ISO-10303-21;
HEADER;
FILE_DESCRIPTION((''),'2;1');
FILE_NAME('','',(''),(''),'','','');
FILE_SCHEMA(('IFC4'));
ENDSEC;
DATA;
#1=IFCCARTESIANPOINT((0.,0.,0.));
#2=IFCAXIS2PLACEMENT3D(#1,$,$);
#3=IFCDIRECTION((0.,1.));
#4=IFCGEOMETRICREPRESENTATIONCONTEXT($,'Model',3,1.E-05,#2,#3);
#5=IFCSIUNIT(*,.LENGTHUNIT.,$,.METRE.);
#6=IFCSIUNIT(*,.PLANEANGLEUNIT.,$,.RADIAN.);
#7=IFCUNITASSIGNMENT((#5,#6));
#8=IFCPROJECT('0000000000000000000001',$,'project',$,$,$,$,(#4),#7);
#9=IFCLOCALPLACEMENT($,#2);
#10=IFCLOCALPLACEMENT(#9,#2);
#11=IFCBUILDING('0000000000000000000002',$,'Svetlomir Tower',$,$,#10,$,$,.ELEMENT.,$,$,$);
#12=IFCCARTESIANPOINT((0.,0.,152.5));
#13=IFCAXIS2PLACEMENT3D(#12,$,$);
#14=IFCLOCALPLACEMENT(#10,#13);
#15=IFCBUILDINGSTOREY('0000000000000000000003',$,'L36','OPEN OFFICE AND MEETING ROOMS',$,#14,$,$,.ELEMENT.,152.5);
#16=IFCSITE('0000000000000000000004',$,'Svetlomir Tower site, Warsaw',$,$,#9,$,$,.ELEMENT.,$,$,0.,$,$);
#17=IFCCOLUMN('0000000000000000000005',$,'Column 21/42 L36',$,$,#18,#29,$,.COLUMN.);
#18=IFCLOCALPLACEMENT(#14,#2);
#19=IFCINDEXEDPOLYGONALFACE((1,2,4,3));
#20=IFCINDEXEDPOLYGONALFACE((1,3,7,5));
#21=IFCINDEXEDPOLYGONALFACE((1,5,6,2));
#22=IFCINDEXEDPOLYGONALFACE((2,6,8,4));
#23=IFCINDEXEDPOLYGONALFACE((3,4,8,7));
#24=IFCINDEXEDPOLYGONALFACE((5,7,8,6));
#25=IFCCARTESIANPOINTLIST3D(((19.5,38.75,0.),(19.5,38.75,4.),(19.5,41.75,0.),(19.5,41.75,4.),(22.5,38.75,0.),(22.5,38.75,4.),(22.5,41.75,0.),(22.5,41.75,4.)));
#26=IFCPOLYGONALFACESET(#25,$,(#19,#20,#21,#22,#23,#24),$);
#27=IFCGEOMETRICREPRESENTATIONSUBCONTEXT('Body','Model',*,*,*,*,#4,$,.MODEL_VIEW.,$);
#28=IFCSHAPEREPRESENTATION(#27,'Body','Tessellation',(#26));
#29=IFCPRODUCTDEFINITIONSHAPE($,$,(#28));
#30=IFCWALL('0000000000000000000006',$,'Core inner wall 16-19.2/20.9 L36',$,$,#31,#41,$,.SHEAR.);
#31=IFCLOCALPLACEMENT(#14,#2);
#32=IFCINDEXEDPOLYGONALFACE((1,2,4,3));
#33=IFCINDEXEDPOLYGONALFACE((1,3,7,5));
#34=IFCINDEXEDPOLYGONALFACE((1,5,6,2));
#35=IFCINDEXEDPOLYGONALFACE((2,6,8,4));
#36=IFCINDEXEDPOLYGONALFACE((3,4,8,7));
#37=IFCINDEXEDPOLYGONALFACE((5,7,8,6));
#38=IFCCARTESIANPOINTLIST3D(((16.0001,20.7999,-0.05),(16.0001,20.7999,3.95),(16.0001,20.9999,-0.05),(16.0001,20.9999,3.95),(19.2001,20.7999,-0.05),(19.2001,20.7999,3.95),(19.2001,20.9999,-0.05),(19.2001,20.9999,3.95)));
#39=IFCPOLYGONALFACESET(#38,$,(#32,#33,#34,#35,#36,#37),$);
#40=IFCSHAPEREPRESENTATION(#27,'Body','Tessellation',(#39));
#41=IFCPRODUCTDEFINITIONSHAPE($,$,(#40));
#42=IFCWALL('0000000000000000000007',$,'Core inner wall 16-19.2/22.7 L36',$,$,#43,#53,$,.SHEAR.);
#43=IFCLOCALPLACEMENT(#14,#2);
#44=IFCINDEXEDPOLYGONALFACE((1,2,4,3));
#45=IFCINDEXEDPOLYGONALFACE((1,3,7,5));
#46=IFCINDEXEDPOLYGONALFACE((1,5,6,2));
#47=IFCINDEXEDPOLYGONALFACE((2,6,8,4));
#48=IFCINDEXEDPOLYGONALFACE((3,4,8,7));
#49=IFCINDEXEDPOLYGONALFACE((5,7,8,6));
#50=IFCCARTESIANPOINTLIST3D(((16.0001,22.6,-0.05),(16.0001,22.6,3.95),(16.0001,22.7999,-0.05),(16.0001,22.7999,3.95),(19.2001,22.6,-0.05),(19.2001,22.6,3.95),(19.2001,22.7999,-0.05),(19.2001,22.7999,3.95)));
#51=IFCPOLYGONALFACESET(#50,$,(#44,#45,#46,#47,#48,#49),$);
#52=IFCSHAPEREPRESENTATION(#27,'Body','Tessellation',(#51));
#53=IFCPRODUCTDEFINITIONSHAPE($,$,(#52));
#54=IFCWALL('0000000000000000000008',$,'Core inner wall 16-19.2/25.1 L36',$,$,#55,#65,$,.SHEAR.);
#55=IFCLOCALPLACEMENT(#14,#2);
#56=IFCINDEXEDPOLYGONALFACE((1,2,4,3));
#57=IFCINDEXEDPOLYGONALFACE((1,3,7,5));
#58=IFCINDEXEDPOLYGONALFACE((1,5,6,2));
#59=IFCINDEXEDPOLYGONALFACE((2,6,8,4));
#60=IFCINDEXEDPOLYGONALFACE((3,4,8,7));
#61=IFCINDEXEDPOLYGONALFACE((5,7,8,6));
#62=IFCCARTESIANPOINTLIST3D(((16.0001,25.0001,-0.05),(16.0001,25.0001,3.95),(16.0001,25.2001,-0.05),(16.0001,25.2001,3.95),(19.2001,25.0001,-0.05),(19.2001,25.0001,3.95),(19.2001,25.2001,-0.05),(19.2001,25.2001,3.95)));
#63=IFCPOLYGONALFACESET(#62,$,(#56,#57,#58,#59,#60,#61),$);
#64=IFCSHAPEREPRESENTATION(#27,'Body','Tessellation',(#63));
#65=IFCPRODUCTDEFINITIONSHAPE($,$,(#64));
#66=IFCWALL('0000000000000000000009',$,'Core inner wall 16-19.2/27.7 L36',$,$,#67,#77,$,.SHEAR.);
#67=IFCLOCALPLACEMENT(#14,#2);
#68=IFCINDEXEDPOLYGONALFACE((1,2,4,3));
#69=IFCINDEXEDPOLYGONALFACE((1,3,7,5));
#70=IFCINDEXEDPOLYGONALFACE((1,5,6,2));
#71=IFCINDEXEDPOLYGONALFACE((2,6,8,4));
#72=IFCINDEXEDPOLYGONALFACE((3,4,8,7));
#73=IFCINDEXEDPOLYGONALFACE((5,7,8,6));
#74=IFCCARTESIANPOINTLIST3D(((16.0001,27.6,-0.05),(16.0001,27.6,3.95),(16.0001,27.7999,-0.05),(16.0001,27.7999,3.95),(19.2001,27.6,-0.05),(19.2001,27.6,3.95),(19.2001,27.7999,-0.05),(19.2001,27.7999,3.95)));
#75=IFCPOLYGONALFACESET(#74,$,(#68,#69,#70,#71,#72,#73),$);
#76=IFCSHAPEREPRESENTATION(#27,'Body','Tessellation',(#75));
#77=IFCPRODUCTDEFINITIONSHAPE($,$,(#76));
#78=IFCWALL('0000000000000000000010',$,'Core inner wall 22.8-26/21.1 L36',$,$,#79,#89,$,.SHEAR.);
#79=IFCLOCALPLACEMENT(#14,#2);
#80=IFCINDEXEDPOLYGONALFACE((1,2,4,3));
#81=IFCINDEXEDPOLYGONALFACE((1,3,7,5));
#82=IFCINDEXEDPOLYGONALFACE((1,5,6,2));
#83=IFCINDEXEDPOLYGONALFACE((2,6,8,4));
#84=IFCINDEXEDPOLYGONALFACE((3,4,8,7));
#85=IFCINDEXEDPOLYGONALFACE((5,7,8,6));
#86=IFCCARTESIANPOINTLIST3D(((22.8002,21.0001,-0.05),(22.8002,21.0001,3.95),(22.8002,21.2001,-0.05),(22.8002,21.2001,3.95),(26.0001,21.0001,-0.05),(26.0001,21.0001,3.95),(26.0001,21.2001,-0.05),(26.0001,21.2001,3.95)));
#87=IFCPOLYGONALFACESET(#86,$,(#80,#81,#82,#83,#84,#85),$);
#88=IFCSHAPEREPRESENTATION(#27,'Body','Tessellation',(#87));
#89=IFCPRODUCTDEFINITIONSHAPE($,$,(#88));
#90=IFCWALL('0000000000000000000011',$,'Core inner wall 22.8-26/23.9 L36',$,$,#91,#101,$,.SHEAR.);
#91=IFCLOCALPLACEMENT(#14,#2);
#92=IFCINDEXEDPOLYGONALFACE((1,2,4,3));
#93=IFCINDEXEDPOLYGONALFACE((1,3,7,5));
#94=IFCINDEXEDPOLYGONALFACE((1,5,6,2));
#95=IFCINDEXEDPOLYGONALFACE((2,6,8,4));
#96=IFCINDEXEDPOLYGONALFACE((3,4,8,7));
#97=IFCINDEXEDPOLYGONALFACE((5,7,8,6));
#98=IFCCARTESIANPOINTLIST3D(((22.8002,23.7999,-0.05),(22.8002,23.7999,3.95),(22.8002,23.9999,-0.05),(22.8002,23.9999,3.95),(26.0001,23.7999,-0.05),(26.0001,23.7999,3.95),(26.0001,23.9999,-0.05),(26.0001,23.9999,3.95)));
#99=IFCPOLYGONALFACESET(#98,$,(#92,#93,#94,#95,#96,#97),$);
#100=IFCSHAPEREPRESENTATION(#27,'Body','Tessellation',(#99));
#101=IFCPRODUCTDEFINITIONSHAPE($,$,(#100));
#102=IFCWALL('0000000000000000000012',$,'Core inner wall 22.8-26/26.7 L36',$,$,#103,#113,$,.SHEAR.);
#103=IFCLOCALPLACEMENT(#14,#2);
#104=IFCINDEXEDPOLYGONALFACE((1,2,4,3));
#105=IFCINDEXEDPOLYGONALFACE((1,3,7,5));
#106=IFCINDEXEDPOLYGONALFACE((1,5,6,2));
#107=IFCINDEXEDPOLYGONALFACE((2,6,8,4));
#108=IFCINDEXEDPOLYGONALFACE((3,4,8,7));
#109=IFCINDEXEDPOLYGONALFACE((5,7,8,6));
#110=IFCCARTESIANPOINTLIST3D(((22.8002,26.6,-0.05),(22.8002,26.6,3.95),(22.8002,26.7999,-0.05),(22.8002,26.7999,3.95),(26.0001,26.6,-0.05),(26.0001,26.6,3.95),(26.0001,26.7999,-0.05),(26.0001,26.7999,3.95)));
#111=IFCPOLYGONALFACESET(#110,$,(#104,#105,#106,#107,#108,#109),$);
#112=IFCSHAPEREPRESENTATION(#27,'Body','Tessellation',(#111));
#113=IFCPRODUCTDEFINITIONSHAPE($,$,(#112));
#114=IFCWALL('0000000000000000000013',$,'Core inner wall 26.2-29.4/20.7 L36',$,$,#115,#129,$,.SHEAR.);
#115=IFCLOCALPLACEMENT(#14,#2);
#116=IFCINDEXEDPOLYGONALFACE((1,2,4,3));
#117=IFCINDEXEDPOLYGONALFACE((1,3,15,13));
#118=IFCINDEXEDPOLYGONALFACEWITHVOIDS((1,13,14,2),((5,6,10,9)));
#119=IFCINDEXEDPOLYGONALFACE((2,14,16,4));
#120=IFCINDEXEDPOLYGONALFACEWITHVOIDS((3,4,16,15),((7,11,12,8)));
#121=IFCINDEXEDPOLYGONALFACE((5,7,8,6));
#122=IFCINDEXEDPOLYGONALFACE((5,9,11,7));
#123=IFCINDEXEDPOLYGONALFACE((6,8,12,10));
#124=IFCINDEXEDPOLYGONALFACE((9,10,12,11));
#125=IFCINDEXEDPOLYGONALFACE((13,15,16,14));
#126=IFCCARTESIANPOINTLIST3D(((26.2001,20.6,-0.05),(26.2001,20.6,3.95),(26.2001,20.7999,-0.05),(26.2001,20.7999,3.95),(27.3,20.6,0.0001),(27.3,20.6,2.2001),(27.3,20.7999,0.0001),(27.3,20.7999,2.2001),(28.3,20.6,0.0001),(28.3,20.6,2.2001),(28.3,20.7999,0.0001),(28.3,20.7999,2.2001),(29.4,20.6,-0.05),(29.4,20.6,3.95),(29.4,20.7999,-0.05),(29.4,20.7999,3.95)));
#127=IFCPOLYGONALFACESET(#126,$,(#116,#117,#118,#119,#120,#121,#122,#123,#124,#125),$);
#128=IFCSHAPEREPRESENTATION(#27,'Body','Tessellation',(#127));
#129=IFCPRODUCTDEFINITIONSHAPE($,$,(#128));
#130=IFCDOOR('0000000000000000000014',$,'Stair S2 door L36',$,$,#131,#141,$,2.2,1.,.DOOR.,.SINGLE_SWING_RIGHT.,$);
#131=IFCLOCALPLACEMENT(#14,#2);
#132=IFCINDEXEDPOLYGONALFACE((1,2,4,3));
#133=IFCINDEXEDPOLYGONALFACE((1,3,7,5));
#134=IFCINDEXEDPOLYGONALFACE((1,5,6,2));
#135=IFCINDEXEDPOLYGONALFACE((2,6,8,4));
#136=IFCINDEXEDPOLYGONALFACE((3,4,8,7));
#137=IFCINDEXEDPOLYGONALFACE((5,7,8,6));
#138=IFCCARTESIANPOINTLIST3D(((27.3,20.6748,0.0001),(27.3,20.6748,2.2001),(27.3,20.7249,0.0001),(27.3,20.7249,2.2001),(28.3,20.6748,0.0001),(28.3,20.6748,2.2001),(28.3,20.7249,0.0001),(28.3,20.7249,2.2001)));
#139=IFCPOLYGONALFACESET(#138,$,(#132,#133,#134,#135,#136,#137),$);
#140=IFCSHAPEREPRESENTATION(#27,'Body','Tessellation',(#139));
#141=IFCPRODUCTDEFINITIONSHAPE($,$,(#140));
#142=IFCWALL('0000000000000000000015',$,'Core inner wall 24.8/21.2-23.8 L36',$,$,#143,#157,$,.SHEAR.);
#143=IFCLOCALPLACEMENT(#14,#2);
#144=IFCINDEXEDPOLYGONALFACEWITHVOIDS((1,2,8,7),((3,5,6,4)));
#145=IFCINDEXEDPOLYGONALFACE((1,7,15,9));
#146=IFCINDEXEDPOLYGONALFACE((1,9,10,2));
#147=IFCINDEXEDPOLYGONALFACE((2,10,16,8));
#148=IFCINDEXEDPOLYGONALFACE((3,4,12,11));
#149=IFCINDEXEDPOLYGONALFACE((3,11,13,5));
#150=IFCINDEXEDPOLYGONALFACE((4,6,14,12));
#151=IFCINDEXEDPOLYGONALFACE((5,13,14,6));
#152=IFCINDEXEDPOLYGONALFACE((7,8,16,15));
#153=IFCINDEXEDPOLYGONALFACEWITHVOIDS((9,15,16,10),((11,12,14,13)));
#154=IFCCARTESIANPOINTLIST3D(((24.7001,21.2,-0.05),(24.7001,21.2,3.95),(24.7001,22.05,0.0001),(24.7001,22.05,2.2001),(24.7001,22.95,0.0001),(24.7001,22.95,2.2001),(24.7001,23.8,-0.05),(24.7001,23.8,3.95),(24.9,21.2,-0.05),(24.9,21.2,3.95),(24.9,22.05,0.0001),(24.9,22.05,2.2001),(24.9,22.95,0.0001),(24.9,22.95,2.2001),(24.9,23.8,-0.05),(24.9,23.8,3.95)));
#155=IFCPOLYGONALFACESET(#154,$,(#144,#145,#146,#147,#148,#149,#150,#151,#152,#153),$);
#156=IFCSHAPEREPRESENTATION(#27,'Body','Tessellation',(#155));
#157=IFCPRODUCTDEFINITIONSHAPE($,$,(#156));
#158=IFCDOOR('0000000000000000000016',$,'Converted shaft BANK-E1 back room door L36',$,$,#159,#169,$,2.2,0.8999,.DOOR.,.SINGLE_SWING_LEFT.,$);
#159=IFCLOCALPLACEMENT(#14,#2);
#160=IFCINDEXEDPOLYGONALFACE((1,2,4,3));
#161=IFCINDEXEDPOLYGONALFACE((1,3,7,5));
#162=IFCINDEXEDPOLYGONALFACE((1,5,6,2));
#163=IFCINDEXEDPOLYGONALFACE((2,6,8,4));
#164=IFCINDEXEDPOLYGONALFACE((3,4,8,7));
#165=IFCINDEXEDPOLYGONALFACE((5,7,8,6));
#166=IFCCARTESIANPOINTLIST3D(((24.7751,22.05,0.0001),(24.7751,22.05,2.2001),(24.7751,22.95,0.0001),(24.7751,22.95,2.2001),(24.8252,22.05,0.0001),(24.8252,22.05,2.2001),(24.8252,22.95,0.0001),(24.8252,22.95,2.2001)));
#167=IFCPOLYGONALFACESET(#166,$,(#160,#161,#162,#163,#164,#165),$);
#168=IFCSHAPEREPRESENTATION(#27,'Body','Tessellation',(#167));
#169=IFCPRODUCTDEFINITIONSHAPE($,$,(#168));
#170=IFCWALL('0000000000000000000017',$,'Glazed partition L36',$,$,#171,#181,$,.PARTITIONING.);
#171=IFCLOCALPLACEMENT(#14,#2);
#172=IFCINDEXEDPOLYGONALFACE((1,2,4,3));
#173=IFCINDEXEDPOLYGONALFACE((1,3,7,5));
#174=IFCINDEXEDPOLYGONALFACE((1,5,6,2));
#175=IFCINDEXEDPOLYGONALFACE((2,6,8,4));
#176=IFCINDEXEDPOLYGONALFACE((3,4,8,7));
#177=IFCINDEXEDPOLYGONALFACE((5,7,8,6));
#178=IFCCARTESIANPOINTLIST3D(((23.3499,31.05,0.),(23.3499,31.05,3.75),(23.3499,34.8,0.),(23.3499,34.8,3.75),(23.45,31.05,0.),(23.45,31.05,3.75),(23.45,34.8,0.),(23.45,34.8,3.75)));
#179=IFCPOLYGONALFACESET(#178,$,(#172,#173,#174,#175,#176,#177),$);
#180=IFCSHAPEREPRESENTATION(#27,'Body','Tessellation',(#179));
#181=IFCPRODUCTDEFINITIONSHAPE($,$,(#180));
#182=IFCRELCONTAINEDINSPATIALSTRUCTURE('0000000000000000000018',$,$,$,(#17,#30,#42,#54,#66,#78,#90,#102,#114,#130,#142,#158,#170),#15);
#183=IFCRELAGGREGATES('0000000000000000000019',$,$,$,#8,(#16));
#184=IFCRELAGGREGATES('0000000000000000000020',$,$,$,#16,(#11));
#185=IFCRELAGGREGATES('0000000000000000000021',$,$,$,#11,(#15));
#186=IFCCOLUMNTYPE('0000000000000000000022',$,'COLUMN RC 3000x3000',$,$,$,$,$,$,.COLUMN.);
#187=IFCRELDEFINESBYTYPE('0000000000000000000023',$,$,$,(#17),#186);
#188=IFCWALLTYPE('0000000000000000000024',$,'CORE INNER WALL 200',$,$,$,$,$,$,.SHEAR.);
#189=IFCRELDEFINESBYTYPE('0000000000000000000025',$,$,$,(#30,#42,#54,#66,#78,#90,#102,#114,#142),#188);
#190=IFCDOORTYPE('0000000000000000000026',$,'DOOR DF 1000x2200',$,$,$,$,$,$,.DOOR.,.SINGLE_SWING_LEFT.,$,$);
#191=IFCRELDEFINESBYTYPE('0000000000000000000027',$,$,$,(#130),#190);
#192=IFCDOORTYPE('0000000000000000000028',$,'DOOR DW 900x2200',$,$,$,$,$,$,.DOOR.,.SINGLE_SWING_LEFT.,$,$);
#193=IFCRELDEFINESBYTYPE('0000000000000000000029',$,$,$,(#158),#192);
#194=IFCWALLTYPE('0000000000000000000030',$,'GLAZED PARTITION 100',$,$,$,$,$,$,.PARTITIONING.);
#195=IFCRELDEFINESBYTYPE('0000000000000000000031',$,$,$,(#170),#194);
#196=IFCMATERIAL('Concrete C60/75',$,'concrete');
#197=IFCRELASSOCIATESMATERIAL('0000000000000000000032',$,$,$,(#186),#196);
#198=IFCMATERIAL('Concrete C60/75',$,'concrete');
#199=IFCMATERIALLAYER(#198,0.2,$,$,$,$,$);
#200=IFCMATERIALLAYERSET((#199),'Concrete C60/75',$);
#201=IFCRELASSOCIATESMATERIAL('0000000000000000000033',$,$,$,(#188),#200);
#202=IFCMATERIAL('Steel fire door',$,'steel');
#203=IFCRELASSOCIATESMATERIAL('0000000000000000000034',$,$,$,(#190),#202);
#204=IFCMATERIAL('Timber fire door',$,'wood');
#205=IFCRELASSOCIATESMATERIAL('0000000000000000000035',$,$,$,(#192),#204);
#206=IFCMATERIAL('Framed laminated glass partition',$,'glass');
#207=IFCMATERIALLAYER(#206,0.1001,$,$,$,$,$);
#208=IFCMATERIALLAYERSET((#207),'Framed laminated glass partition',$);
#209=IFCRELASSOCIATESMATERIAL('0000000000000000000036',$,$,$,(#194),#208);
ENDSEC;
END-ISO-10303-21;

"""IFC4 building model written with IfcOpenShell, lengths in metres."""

from ifc_helpers import new_model, si_unit, direction, frame, frame_2d, origin, origin_2d, place, context, subcontext, project, spatial, rectangle, extrude, material, layer, layer_set, material_profile, profile_set, type_object, element, fill, save


model = new_model("IFC4")

# Units and contexts
model_context = context("Model", 3, precision=1e-05, world=origin(), true_north=direction((0.0, 1.0)))
body_context = subcontext(model_context, "Body", "Model", "MODEL_VIEW")
ifc_project = project(units=[si_unit("LENGTHUNIT", "METRE"), si_unit("PLANEANGLEUNIT", "RADIAN")], contexts=[model_context])

# Site, building, storey
site_placement = place(None, origin())
site = spatial("IfcSite", under=ifc_project, at=site_placement, Name="Svetlomir Tower site, Warsaw", CompositionType="ELEMENT", RefElevation=0.0)
building_placement = place(site_placement, origin())
building = spatial("IfcBuilding", under=site, at=building_placement, Name="Svetlomir Tower", CompositionType="ELEMENT")
storey_placement = place(building_placement, frame((0.0, 0.0, 152.5)))
storey = spatial("IfcBuildingStorey", under=building, at=storey_placement, Name="L36", Description="OPEN OFFICE AND MEETING ROOMS", CompositionType="ELEMENT", Elevation=152.5)

# Column
ifc_material_1 = material(Name="Concrete C60/75", Category="concrete")
ifc_material_profile = material_profile(ifc_material_1, rectangle(XDim=3.0, YDim=3.0, at=origin_2d()), Name="RC 3000x3000")
ifc_profile_set = profile_set([ifc_material_profile], Name="Concrete C60/75")
column_type = type_object("IfcColumnType", Name="COLUMN RC 3000x3000", PredefinedType="COLUMN", material=ifc_profile_set)
column_placement = place(storey_placement, frame((21.0, 40.25, 0.0), z_axis=(0.0, 0.0, 1.0), x_axis=(1.0, 0.0, 0.0)))
element("IfcColumn", 1, at=column_placement, inside=storey, type_object=column_type, Name="Column 21/42 L36", PredefinedType="COLUMN", context=body_context, shape_type="SweptSolid", body=[
    extrude(rectangle(XDim=3.0, YDim=3.0, at=origin_2d()), origin(), (0.0, 0.0, 1.0), 4.0),
])

# Walls
ifc_material_2 = material(Name="Concrete C60/75", Category="concrete")
ifc_layer_1 = layer(ifc_material_2, 0.2)
ifc_layer_set_1 = layer_set([ifc_layer_1], Name="Concrete C60/75")
wall_type_1 = type_object("IfcWallType", Name="CORE INNER WALL 200", PredefinedType="SHEAR", material=ifc_layer_set_1)
for number, where, z_axis, x_axis, name in (
    (2, (16.0, 20.8999, -0.05), (0.0, 0.0, 1.0), (1.0, 0.0, 0.0), "Core inner wall 16-19.2/20.9 L36"),
    (3, (16.0, 22.7, -0.05), (0.0, 0.0, 1.0), (1.0, 0.0, 0.0), "Core inner wall 16-19.2/22.7 L36"),
    (4, (16.0, 25.1001, -0.05), (0.0, 0.0, 1.0), (1.0, 0.0, 0.0), "Core inner wall 16-19.2/25.1 L36"),
    (5, (16.0, 27.7, -0.05), (0.0, 0.0, 1.0), (1.0, 0.0, 0.0), "Core inner wall 16-19.2/27.7 L36"),
    (6, (22.8, 21.1001, -0.05), (0.0, 0.0, 1.0), (1.0, 0.0, 0.0), "Core inner wall 22.8-26/21.1 L36"),
    (7, (22.8, 23.8999, -0.05), (0.0, 0.0, 1.0), (1.0, 0.0, 0.0), "Core inner wall 22.8-26/23.9 L36"),
    (8, (22.8, 26.7, -0.05), (0.0, 0.0, 1.0), (1.0, 0.0, 0.0), "Core inner wall 22.8-26/26.7 L36"),
):
    element("IfcWall", number, at=place(storey_placement, frame(where, z_axis=z_axis, x_axis=x_axis)), inside=storey, type_object=wall_type_1, Name=name, PredefinedType="SHEAR", context=body_context, shape_type="SweptSolid", body=[
        extrude(rectangle(XDim=3.2, YDim=0.2, at=frame_2d((1.6001, 0.0))), origin(), (0.0, 0.0, 1.0), 4.0),
    ])

# Walls, openings, doors
wall_1_placement = place(storey_placement, frame((26.2, 20.7, -0.05), z_axis=(0.0, 0.0, 1.0), x_axis=(1.0, 0.0, 0.0)))
wall_1 = element("IfcWall", 9, at=wall_1_placement, inside=storey, type_object=wall_type_1, Name="Core inner wall 26.2-29.4/20.7 L36", PredefinedType="SHEAR", context=body_context, shape_type="SweptSolid", body=[
    extrude(rectangle(XDim=3.2, YDim=0.2, at=frame_2d((1.6001, 0.0))), origin(), (0.0, 0.0, 1.0), 4.0),
])
opening_1_placement = place(wall_1_placement, frame((1.1001, 0.0, 0.05)))
opening_1 = element("IfcOpeningElement", 10, at=opening_1_placement, cuts=wall_1, PredefinedType="OPENING", context=body_context, shape_type="SweptSolid", body=[
    extrude(rectangle(XDim=1.0, YDim=2.2, at=frame_2d((0.5, 1.1001))), frame((0.0, 0.1099, 0.0), z_axis=(0.0, -1.0, 0.0), x_axis=(1.0, 0.0, 0.0)), (0.0, 0.0, 1.0), 0.22),
])
ifc_material_3 = material(Name="Steel fire door", Category="steel")
door_type_1 = type_object("IfcDoorType", Name="DOOR DF 1000x2200", OperationType="SINGLE_SWING_LEFT", PredefinedType="DOOR", material=ifc_material_3)
door_1_placement = place(opening_1_placement, origin())
door_1 = element("IfcDoor", 11, at=door_1_placement, inside=storey, type_object=door_type_1, Name="Stair S2 door L36", OperationType="SINGLE_SWING_RIGHT", OverallHeight=2.2, OverallWidth=1.0, PredefinedType="DOOR", context=body_context, shape_type="SweptSolid", body=[
    extrude(rectangle(XDim=1.0, YDim=2.2, at=frame_2d((0.5, 1.1001))), frame((0.0, 0.0249, 0.0), z_axis=(0.0, -1.0, 0.0), x_axis=(1.0, 0.0, 0.0)), (0.0, 0.0, 1.0), 0.05),
])
fill(opening_1, door_1)
wall_2_placement = place(storey_placement, frame((24.8, 21.2, -0.05), z_axis=(0.0, 0.0, 1.0), x_axis=(0.0, 1.0, 0.0)))
wall_2 = element("IfcWall", 12, at=wall_2_placement, inside=storey, type_object=wall_type_1, Name="Core inner wall 24.8/21.2-23.8 L36", PredefinedType="SHEAR", context=body_context, shape_type="SweptSolid", body=[
    extrude(rectangle(XDim=2.6001, YDim=0.2, at=frame_2d((1.3, 0.0))), origin(), (0.0, 0.0, 1.0), 4.0),
])
opening_2_placement = place(wall_2_placement, frame((0.8501, 0.0, 0.05)))
opening_2 = element("IfcOpeningElement", 13, at=opening_2_placement, cuts=wall_2, PredefinedType="OPENING", context=body_context, shape_type="SweptSolid", body=[
    extrude(rectangle(XDim=0.8999, YDim=2.2, at=frame_2d((0.45, 1.1001))), frame((0.0, 0.1099, 0.0), z_axis=(0.0, -1.0, 0.0), x_axis=(1.0, 0.0, 0.0)), (0.0, 0.0, 1.0), 0.22),
])
ifc_material_4 = material(Name="Timber fire door", Category="wood")
door_type_2 = type_object("IfcDoorType", Name="DOOR DW 900x2200", OperationType="SINGLE_SWING_LEFT", PredefinedType="DOOR", material=ifc_material_4)
door_2_placement = place(opening_2_placement, origin())
door_2 = element("IfcDoor", 14, at=door_2_placement, inside=storey, type_object=door_type_2, Name="Converted shaft BANK-E1 back room door L36", OperationType="SINGLE_SWING_LEFT", OverallHeight=2.2, OverallWidth=0.8999, PredefinedType="DOOR", context=body_context, shape_type="SweptSolid", body=[
    extrude(rectangle(XDim=0.8999, YDim=2.2, at=frame_2d((0.45, 1.1001))), frame((0.0, 0.0249, 0.0), z_axis=(0.0, -1.0, 0.0), x_axis=(1.0, 0.0, 0.0)), (0.0, 0.0, 1.0), 0.05),
])
fill(opening_2, door_2)

# Wall
ifc_material_5 = material(Name="Framed laminated glass partition", Category="glass")
ifc_layer_2 = layer(ifc_material_5, 0.1001)
ifc_layer_set_2 = layer_set([ifc_layer_2], Name="Framed laminated glass partition")
wall_type_2 = type_object("IfcWallType", Name="GLAZED PARTITION 100", PredefinedType="PARTITIONING", material=ifc_layer_set_2)
wall_3_placement = place(storey_placement, frame((23.3999, 31.05, 0.0), z_axis=(0.0, 0.0, 1.0), x_axis=(0.0, 1.0, 0.0)))
element("IfcWall", 15, at=wall_3_placement, inside=storey, type_object=wall_type_2, Name="Glazed partition L36", PredefinedType="PARTITIONING", context=body_context, shape_type="SweptSolid", body=[
    extrude(rectangle(XDim=3.75, YDim=0.1001, at=frame_2d((1.875, 0.0))), origin(), (0.0, 0.0, 1.0), 3.75),
])

save(model, "model.ifc")
